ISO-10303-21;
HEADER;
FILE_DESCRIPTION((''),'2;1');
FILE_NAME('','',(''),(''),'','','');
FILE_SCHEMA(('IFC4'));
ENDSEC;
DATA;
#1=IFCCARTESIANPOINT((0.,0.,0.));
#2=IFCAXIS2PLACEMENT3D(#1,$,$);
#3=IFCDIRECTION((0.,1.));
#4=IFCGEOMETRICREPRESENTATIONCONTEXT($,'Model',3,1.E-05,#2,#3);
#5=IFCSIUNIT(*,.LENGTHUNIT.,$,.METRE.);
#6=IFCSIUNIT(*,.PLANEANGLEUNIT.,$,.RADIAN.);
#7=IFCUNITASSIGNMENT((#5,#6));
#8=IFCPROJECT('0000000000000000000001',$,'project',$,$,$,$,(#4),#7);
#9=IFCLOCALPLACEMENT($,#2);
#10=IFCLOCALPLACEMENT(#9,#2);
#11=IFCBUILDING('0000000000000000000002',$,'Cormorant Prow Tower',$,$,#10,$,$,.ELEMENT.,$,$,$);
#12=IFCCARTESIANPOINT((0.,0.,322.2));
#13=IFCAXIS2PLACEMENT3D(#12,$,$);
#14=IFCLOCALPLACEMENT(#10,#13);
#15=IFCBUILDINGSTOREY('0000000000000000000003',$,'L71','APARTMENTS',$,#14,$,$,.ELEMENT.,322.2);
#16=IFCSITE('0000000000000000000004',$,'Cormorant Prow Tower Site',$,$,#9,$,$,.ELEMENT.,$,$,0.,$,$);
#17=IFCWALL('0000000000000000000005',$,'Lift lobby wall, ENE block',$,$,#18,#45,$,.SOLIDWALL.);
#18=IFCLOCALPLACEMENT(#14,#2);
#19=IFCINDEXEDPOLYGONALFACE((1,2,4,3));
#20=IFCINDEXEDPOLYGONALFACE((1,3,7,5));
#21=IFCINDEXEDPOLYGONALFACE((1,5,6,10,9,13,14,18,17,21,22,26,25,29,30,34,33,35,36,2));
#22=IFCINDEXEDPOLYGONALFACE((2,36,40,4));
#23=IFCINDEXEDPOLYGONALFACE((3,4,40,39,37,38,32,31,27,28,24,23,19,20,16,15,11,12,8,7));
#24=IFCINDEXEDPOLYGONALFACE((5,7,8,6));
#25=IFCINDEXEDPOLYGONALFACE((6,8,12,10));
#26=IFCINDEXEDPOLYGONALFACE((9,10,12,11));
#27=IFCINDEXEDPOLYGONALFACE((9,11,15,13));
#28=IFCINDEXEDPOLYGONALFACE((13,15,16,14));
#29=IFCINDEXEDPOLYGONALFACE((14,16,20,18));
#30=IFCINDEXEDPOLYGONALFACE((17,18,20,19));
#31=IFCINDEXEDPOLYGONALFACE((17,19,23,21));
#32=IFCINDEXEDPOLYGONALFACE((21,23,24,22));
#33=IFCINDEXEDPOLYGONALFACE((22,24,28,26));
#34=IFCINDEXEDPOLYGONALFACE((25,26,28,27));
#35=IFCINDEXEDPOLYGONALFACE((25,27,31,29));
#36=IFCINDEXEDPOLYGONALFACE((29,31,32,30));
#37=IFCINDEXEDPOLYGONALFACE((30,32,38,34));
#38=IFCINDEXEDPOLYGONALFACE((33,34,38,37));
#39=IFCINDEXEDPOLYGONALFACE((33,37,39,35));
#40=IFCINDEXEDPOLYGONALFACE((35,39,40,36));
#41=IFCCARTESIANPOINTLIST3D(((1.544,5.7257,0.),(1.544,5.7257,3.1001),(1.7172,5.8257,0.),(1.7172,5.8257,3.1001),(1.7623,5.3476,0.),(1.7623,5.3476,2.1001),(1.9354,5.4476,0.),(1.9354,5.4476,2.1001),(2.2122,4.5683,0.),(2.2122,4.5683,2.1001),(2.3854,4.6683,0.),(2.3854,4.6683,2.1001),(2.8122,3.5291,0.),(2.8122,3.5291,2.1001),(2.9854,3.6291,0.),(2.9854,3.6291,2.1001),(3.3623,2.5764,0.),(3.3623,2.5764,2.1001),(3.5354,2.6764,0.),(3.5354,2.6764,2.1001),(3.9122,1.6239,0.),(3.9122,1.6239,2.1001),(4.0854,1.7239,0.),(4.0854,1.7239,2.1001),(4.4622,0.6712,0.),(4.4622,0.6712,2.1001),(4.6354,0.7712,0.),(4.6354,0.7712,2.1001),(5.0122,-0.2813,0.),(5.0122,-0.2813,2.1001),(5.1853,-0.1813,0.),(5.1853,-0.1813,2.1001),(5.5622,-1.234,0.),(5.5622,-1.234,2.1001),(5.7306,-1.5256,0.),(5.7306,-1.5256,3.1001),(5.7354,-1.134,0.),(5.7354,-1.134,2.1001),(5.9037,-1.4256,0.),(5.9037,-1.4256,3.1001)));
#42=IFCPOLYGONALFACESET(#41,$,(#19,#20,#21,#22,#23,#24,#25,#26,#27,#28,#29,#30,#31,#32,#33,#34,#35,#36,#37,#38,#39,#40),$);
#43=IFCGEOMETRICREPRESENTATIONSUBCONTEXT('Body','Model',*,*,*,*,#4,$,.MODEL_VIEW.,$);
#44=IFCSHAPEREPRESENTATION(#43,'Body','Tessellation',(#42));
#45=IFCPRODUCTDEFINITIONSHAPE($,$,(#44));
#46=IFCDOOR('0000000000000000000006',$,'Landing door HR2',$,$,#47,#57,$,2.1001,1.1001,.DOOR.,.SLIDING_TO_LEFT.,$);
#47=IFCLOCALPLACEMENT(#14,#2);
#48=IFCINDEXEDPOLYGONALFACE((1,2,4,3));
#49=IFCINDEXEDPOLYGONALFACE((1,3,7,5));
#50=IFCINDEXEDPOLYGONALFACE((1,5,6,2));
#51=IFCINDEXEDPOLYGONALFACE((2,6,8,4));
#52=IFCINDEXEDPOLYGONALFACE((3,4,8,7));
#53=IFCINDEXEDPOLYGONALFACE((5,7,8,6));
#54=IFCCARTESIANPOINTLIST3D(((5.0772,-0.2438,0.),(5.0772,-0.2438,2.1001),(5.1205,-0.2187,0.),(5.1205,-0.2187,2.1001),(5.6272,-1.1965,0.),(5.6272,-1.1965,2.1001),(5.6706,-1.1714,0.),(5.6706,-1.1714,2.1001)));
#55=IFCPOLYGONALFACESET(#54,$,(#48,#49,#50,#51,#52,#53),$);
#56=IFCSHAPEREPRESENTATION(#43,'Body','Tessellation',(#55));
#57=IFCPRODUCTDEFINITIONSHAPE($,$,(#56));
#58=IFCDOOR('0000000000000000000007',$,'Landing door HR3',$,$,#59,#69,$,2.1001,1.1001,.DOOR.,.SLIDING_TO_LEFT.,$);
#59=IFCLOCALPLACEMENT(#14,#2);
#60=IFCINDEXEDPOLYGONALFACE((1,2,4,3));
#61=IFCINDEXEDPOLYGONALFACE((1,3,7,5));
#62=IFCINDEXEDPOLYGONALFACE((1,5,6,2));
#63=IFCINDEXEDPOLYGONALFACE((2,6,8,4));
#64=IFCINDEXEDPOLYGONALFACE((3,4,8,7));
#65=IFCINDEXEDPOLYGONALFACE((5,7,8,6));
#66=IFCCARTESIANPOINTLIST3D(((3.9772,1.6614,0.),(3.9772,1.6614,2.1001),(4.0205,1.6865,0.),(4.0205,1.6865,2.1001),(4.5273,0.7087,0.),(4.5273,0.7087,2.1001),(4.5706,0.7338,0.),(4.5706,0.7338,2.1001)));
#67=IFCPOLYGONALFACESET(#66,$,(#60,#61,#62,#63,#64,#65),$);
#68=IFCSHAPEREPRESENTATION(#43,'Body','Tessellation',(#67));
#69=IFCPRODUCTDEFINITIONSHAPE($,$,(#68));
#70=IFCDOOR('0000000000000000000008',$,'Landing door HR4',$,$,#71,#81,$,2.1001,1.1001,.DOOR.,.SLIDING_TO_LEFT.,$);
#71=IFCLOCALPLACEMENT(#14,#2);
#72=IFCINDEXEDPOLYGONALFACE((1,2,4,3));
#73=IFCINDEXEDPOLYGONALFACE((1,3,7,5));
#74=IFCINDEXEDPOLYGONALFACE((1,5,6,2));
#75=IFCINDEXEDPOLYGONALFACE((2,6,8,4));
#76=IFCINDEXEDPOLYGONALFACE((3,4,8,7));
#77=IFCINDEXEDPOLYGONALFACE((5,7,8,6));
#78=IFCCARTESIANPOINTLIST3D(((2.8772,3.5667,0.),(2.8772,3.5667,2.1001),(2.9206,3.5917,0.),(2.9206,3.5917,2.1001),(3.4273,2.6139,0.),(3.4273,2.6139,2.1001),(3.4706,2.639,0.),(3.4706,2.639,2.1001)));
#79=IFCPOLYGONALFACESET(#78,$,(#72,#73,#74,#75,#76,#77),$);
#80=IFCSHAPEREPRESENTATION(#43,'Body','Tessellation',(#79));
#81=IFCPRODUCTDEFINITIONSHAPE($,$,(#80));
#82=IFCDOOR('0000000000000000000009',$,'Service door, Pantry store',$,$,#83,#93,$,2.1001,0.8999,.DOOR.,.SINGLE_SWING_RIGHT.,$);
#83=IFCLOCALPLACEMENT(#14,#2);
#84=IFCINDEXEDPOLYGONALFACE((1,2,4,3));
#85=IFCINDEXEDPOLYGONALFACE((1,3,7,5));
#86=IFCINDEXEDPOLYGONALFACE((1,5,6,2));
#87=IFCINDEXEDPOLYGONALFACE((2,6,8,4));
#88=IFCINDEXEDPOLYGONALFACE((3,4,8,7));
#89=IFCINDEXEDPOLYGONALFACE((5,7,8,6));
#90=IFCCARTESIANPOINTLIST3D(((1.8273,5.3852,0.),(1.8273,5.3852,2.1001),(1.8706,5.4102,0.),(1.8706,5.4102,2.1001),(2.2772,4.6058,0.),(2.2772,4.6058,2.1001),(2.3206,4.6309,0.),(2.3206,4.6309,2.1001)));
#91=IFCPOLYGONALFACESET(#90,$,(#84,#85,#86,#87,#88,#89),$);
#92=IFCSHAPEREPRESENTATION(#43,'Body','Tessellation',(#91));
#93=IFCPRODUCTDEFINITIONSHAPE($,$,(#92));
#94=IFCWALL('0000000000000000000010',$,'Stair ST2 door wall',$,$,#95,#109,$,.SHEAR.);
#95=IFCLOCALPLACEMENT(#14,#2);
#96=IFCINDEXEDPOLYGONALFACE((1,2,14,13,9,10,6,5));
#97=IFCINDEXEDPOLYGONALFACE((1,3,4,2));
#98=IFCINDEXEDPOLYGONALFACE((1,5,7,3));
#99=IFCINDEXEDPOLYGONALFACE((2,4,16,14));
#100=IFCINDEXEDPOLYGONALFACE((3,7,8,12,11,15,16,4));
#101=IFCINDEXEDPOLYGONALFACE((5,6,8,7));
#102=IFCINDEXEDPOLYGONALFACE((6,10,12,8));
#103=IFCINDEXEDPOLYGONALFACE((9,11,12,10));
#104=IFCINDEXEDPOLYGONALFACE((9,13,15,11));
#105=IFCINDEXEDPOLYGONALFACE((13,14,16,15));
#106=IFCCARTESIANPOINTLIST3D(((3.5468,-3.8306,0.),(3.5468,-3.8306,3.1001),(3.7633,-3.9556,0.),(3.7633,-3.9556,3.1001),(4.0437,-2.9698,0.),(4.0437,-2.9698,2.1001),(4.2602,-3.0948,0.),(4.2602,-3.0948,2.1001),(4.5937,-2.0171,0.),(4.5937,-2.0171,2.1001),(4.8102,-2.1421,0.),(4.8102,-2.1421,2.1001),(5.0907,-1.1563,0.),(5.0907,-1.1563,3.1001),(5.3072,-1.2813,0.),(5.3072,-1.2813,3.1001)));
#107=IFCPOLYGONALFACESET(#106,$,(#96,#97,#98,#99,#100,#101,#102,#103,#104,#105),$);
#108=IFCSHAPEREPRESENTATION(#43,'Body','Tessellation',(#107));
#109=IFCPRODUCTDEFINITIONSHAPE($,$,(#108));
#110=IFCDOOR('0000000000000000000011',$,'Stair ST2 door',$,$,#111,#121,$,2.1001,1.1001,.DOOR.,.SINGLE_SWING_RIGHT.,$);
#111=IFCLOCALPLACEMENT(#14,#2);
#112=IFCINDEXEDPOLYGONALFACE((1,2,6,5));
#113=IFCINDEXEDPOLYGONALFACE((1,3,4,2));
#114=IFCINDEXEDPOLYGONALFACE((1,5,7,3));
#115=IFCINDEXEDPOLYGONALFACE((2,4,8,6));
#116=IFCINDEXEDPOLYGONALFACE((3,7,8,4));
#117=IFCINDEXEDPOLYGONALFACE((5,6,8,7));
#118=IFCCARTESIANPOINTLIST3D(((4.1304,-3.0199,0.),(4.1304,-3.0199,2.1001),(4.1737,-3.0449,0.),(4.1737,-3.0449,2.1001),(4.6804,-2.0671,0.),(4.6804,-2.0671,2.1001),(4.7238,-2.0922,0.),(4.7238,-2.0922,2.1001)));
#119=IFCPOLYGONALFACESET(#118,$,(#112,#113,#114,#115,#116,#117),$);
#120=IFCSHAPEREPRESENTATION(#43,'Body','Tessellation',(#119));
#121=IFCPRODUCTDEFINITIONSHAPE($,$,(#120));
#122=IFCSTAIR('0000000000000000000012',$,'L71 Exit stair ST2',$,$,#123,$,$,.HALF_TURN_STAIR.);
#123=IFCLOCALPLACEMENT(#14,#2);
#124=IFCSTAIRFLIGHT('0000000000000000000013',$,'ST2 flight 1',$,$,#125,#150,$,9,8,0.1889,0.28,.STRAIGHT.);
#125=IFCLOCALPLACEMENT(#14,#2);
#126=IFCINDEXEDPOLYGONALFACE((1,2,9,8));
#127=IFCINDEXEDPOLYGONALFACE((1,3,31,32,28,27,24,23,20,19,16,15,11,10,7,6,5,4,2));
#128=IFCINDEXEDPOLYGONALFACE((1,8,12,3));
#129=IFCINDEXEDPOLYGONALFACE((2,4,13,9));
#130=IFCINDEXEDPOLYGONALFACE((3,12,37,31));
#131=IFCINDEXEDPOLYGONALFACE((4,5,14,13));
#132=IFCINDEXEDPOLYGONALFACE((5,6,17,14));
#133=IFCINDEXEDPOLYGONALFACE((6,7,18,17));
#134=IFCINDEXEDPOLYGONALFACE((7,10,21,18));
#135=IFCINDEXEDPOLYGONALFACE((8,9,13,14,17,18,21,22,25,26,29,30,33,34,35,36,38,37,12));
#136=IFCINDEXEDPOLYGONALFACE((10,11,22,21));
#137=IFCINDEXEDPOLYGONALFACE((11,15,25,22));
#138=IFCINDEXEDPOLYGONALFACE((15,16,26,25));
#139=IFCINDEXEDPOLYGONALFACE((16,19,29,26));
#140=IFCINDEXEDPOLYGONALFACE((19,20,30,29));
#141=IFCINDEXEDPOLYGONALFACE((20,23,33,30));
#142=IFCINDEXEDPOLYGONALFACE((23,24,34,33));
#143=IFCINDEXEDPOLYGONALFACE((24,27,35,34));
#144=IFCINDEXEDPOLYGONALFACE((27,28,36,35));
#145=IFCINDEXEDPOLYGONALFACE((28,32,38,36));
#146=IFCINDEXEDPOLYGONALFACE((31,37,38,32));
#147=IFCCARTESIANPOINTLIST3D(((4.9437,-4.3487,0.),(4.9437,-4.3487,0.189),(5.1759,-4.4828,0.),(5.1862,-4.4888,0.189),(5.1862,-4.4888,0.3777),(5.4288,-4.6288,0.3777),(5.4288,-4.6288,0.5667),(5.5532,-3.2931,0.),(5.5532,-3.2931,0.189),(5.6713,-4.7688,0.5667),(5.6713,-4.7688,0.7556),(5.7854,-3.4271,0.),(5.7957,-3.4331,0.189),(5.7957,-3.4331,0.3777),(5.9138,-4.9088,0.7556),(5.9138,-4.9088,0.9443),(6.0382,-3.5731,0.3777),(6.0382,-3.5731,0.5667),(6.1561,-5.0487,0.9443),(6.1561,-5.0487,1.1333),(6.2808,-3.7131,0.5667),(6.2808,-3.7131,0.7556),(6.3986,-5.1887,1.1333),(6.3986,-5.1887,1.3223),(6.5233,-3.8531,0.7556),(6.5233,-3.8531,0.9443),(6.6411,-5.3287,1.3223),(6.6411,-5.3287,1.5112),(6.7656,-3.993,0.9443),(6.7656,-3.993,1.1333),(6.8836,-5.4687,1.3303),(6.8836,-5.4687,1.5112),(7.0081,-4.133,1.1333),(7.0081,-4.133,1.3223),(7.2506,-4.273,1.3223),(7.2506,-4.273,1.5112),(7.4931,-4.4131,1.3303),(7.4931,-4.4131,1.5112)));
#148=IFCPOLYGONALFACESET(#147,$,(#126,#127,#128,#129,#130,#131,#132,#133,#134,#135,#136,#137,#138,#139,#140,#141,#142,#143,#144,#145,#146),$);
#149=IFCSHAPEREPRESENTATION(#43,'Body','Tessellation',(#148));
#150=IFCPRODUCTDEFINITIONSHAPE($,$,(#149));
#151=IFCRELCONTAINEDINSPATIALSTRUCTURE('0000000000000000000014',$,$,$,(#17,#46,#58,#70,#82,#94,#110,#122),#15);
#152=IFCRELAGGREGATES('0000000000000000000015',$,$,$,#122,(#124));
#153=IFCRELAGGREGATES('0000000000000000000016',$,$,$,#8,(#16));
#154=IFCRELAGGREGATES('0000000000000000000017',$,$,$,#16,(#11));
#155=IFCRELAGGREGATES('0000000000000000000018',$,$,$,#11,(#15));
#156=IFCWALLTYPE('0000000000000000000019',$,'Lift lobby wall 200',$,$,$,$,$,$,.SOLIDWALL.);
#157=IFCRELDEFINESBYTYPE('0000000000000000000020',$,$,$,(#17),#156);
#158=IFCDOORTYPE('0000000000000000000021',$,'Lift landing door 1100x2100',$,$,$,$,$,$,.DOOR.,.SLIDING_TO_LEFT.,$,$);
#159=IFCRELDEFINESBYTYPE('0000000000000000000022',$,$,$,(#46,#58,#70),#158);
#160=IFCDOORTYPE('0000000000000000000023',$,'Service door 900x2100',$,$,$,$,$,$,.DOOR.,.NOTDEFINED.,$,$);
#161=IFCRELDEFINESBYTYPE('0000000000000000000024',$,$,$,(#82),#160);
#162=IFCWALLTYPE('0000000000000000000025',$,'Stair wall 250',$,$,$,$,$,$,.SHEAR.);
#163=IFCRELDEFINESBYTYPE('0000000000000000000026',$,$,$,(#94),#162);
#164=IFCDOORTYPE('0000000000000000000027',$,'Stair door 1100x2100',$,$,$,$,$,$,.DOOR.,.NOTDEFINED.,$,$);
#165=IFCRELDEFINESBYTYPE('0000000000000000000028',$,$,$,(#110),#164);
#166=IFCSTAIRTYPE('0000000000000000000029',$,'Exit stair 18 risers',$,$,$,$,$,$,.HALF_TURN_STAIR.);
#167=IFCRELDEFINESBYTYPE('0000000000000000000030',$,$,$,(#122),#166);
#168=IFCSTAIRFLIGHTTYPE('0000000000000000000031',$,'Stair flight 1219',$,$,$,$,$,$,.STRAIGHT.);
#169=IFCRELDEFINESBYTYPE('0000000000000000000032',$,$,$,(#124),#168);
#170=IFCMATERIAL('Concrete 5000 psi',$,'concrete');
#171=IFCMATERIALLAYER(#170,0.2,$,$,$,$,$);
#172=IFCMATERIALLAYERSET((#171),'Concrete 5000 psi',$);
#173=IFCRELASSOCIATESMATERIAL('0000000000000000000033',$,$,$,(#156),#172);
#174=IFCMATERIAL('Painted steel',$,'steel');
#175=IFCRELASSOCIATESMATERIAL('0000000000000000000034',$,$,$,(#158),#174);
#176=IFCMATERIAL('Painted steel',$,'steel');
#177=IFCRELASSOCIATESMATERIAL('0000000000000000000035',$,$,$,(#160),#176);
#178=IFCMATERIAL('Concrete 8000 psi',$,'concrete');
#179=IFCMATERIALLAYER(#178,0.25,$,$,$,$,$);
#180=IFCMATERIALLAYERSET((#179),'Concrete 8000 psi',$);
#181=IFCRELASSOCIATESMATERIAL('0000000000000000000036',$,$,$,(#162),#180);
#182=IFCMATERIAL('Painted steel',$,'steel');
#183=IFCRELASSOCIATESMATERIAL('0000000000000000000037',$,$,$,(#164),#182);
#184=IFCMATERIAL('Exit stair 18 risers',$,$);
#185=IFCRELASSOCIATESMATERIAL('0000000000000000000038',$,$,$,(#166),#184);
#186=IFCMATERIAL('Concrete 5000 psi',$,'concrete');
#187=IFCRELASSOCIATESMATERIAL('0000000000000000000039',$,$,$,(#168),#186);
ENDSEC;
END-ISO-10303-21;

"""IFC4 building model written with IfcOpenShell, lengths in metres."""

from ifc_helpers import new_model, si_unit, direction, frame, frame_2d, origin, place, context, subcontext, project, spatial, polyline, rectangle, outline, extrude, material, layer, layer_set, type_object, element, fill, aggregate, save


model = new_model("IFC4")

# Units and contexts
model_context = context("Model", 3, precision=1e-05, world=origin(), true_north=direction((0.0, 1.0)))
body_context = subcontext(model_context, "Body", "Model", "MODEL_VIEW")
ifc_project = project(units=[si_unit("LENGTHUNIT", "METRE"), si_unit("PLANEANGLEUNIT", "RADIAN")], contexts=[model_context])

# Site, building, storey
site_placement = place(None, origin())
site = spatial("IfcSite", under=ifc_project, at=site_placement, Name="Cormorant Prow Tower Site", CompositionType="ELEMENT", RefElevation=0.0)
building_placement = place(site_placement, origin())
building = spatial("IfcBuilding", under=site, at=building_placement, Name="Cormorant Prow Tower", CompositionType="ELEMENT")
storey_placement = place(building_placement, frame((0.0, 0.0, 322.2)))
storey = spatial("IfcBuildingStorey", under=building, at=storey_placement, Name="L71", Description="APARTMENTS", CompositionType="ELEMENT", Elevation=322.2)

# Wall, openings, doors
ifc_material_1 = material(Name="Concrete 5000 psi", Category="concrete")
ifc_layer_1 = layer(ifc_material_1, 0.2)
ifc_layer_set_1 = layer_set([ifc_layer_1], Name="Concrete 5000 psi")
wall_type_1 = type_object("IfcWallType", Name="Lift lobby wall 200", PredefinedType="SOLIDWALL", material=ifc_layer_set_1)
wall_1_placement = place(storey_placement, frame((5.8171, -1.4756, 0.0), z_axis=(0.0, 0.0, 1.0), x_axis=(-0.500003, 0.866024, 0.0)))
wall_1 = element("IfcWall", 1, at=wall_1_placement, inside=storey, type_object=wall_type_1, Name="Lift lobby wall, ENE block", PredefinedType="SOLIDWALL", context=body_context, shape_type="SweptSolid", body=[
    extrude(rectangle(XDim=8.373, YDim=0.2, at=frame_2d((4.1865, 0.0))), origin(), (0.0, 0.0, 1.0), 3.1001),
])
opening_1_placement = place(wall_1_placement, frame((0.3367, 0.0, 0.0)))
opening_1 = element("IfcOpeningElement", 2, at=opening_1_placement, cuts=wall_1, PredefinedType="OPENING", context=body_context, shape_type="SweptSolid", body=[
    extrude(rectangle(XDim=1.1001, YDim=2.1001, at=frame_2d((0.55, 1.05))), frame((0.0, 0.1099, 0.0), z_axis=(0.0, -1.0, 0.0), x_axis=(1.0, 0.0, 0.0)), (0.0, 0.0, 1.0), 0.22),
])
opening_2_placement = place(wall_1_placement, frame((2.5366, 0.0, 0.0)))
opening_2 = element("IfcOpeningElement", 3, at=opening_2_placement, cuts=wall_1, PredefinedType="OPENING", context=body_context, shape_type="SweptSolid", body=[
    extrude(rectangle(XDim=1.1001, YDim=2.1001, at=frame_2d((0.55, 1.05))), frame((0.0, 0.1099, 0.0), z_axis=(0.0, -1.0, 0.0), x_axis=(1.0, 0.0, 0.0)), (0.0, 0.0, 1.0), 0.22),
])
opening_3_placement = place(wall_1_placement, frame((4.7366, 0.0, 0.0)))
opening_3 = element("IfcOpeningElement", 4, at=opening_3_placement, cuts=wall_1, PredefinedType="OPENING", context=body_context, shape_type="SweptSolid", body=[
    extrude(rectangle(XDim=1.1001, YDim=2.1001, at=frame_2d((0.55, 1.05))), frame((0.0, 0.1099, 0.0), z_axis=(0.0, -1.0, 0.0), x_axis=(1.0, 0.0, 0.0)), (0.0, 0.0, 1.0), 0.22),
])
opening_4_placement = place(wall_1_placement, frame((7.0366, 0.0, 0.0)))
opening_4 = element("IfcOpeningElement", 5, at=opening_4_placement, cuts=wall_1, PredefinedType="OPENING", context=body_context, shape_type="SweptSolid", body=[
    extrude(rectangle(XDim=0.8999, YDim=2.1001, at=frame_2d((0.45, 1.05))), frame((0.0, 0.1099, 0.0), z_axis=(0.0, -1.0, 0.0), x_axis=(1.0, 0.0, 0.0)), (0.0, 0.0, 1.0), 0.22),
])
ifc_material_2 = material(Name="Painted steel", Category="steel")
door_type_1 = type_object("IfcDoorType", Name="Lift landing door 1100x2100", OperationType="SLIDING_TO_LEFT", PredefinedType="DOOR", material=ifc_material_2)
door_1_placement = place(opening_1_placement, origin())
door_1 = element("IfcDoor", 6, at=door_1_placement, inside=storey, type_object=door_type_1, Name="Landing door HR2", OperationType="SLIDING_TO_LEFT", OverallHeight=2.1001, OverallWidth=1.1001, PredefinedType="DOOR", context=body_context, shape_type="SweptSolid", body=[
    extrude(rectangle(XDim=1.1001, YDim=2.1001, at=frame_2d((0.55, 1.05))), frame((0.0, 0.0249, 0.0), z_axis=(0.0, -1.0, 0.0), x_axis=(1.0, 0.0, 0.0)), (0.0, 0.0, 1.0), 0.05),
])
fill(opening_1, door_1)
door_2_placement = place(opening_2_placement, origin())
door_2 = element("IfcDoor", 7, at=door_2_placement, inside=storey, type_object=door_type_1, Name="Landing door HR3", OperationType="SLIDING_TO_LEFT", OverallHeight=2.1001, OverallWidth=1.1001, PredefinedType="DOOR", context=body_context, shape_type="SweptSolid", body=[
    extrude(rectangle(XDim=1.1001, YDim=2.1001, at=frame_2d((0.55, 1.05))), frame((0.0, 0.0249, 0.0), z_axis=(0.0, -1.0, 0.0), x_axis=(1.0, 0.0, 0.0)), (0.0, 0.0, 1.0), 0.05),
])
fill(opening_2, door_2)
door_3_placement = place(opening_3_placement, origin())
door_3 = element("IfcDoor", 8, at=door_3_placement, inside=storey, type_object=door_type_1, Name="Landing door HR4", OperationType="SLIDING_TO_LEFT", OverallHeight=2.1001, OverallWidth=1.1001, PredefinedType="DOOR", context=body_context, shape_type="SweptSolid", body=[
    extrude(rectangle(XDim=1.1001, YDim=2.1001, at=frame_2d((0.55, 1.05))), frame((0.0, 0.0249, 0.0), z_axis=(0.0, -1.0, 0.0), x_axis=(1.0, 0.0, 0.0)), (0.0, 0.0, 1.0), 0.05),
])
fill(opening_3, door_3)
ifc_material_3 = material(Name="Painted steel", Category="steel")
door_type_2 = type_object("IfcDoorType", Name="Service door 900x2100", OperationType="NOTDEFINED", PredefinedType="DOOR", material=ifc_material_3)
door_4_placement = place(opening_4_placement, origin())
door_4 = element("IfcDoor", 9, at=door_4_placement, inside=storey, type_object=door_type_2, Name="Service door, Pantry store", OperationType="SINGLE_SWING_RIGHT", OverallHeight=2.1001, OverallWidth=0.8999, PredefinedType="DOOR", context=body_context, shape_type="SweptSolid", body=[
    extrude(rectangle(XDim=0.8999, YDim=2.1001, at=frame_2d((0.45, 1.05))), frame((0.0, 0.0249, 0.0), z_axis=(0.0, -1.0, 0.0), x_axis=(1.0, 0.0, 0.0)), (0.0, 0.0, 1.0), 0.05),
])
fill(opening_4, door_4)

# Wall, opening, door
ifc_material_4 = material(Name="Concrete 8000 psi", Category="concrete")
ifc_layer_2 = layer(ifc_material_4, 0.25)
ifc_layer_set_2 = layer_set([ifc_layer_2], Name="Concrete 8000 psi")
wall_type_2 = type_object("IfcWallType", Name="Stair wall 250", PredefinedType="SHEAR", material=ifc_layer_set_2)
wall_2_placement = place(storey_placement, frame((3.655, -3.8931, 0.0), z_axis=(0.0, 0.0, 1.0), x_axis=(0.499983, 0.866035, 0.0)))
wall_2 = element("IfcWall", 10, at=wall_2_placement, inside=storey, type_object=wall_type_2, Name="Stair ST2 door wall", PredefinedType="SHEAR", context=body_context, shape_type="SweptSolid", body=[
    extrude(rectangle(XDim=3.0879, YDim=0.25, at=frame_2d((1.5439, 0.0))), origin(), (0.0, 0.0, 1.0), 3.1001),
])
opening_5_placement = place(wall_2_placement, frame((0.9939, 0.0, 0.0)))
opening_5 = element("IfcOpeningElement", 11, at=opening_5_placement, cuts=wall_2, PredefinedType="OPENING", context=body_context, shape_type="SweptSolid", body=[
    extrude(rectangle(XDim=1.1001, YDim=2.1001, at=frame_2d((0.55, 1.05))), frame((0.0, 0.135, 0.0), z_axis=(0.0, -1.0, 0.0), x_axis=(1.0, 0.0, 0.0)), (0.0, 0.0, 1.0), 0.27),
])
ifc_material_5 = material(Name="Painted steel", Category="steel")
door_type_3 = type_object("IfcDoorType", Name="Stair door 1100x2100", OperationType="NOTDEFINED", PredefinedType="DOOR", material=ifc_material_5)
door_5_placement = place(opening_5_placement, origin())
door_5 = element("IfcDoor", 12, at=door_5_placement, inside=storey, type_object=door_type_3, Name="Stair ST2 door", OperationType="SINGLE_SWING_RIGHT", OverallHeight=2.1001, OverallWidth=1.1001, PredefinedType="DOOR", context=body_context, shape_type="SweptSolid", body=[
    extrude(rectangle(XDim=1.1001, YDim=2.1001, at=frame_2d((0.55, 1.05))), frame((0.0, 0.0249, 0.0), z_axis=(0.0, -1.0, 0.0), x_axis=(1.0, 0.0, 0.0)), (0.0, 0.0, 1.0), 0.05),
])
fill(opening_5, door_5)

# Stair, stair flight
ifc_material_6 = material(Name="Exit stair 18 risers")
stair_type = type_object("IfcStairType", Name="Exit stair 18 risers", PredefinedType="HALF_TURN_STAIR", material=ifc_material_6)
stair_placement = place(storey_placement, origin())
stair = element("IfcStair", 13, at=stair_placement, inside=storey, type_object=stair_type, Name="L71 Exit stair ST2", PredefinedType="HALF_TURN_STAIR")
ifc_material_7 = material(Name="Concrete 5000 psi", Category="concrete")
stair_flight_type = type_object("IfcStairFlightType", Name="Stair flight 1219", PredefinedType="STRAIGHT", material=ifc_material_7)
stair_flight_1_placement = place(storey_placement, frame((5.2485, -3.8208, 0.0), z_axis=(0.0, 0.0, 1.0), x_axis=(0.866025, -0.5, 0.0)))
stair_flight_1 = element("IfcStairFlight", 14, at=stair_flight_1_placement, type_object=stair_flight_type, Name="ST2 flight 1", NumberOfRisers=9, NumberOfTreads=8, PredefinedType="STRAIGHT", RiserHeight=0.1889, TreadLength=0.28, context=body_context, shape_type="SweptSolid", body=[
    extrude(outline(polyline([(0.0, 0.0), (0.0, 0.189), (0.28, 0.189), (0.28, 0.3777), (0.5601, 0.3777), (0.5601, 0.5667), (0.8401, 0.5667), (0.8401, 0.7556), (1.1201, 0.7556), (1.1201, 0.9443), (1.3999, 0.9443), (1.3999, 1.1333), (1.6799, 1.1333), (1.6799, 1.3223), (1.96, 1.3223), (1.96, 1.5112), (2.24, 1.5112), (2.24, 1.7), (2.24, 1.3303), (0.2681, 0.0), (0.0, 0.0)])), frame((0.0, 0.6094, 0.0), z_axis=(0.0, -1.0, 0.0), x_axis=(1.0, 0.0, 0.0)), (0.0, 0.0, 1.0), 1.219),
])
aggregate(stair, [stair_flight_1])

save(model, "model.ifc")
